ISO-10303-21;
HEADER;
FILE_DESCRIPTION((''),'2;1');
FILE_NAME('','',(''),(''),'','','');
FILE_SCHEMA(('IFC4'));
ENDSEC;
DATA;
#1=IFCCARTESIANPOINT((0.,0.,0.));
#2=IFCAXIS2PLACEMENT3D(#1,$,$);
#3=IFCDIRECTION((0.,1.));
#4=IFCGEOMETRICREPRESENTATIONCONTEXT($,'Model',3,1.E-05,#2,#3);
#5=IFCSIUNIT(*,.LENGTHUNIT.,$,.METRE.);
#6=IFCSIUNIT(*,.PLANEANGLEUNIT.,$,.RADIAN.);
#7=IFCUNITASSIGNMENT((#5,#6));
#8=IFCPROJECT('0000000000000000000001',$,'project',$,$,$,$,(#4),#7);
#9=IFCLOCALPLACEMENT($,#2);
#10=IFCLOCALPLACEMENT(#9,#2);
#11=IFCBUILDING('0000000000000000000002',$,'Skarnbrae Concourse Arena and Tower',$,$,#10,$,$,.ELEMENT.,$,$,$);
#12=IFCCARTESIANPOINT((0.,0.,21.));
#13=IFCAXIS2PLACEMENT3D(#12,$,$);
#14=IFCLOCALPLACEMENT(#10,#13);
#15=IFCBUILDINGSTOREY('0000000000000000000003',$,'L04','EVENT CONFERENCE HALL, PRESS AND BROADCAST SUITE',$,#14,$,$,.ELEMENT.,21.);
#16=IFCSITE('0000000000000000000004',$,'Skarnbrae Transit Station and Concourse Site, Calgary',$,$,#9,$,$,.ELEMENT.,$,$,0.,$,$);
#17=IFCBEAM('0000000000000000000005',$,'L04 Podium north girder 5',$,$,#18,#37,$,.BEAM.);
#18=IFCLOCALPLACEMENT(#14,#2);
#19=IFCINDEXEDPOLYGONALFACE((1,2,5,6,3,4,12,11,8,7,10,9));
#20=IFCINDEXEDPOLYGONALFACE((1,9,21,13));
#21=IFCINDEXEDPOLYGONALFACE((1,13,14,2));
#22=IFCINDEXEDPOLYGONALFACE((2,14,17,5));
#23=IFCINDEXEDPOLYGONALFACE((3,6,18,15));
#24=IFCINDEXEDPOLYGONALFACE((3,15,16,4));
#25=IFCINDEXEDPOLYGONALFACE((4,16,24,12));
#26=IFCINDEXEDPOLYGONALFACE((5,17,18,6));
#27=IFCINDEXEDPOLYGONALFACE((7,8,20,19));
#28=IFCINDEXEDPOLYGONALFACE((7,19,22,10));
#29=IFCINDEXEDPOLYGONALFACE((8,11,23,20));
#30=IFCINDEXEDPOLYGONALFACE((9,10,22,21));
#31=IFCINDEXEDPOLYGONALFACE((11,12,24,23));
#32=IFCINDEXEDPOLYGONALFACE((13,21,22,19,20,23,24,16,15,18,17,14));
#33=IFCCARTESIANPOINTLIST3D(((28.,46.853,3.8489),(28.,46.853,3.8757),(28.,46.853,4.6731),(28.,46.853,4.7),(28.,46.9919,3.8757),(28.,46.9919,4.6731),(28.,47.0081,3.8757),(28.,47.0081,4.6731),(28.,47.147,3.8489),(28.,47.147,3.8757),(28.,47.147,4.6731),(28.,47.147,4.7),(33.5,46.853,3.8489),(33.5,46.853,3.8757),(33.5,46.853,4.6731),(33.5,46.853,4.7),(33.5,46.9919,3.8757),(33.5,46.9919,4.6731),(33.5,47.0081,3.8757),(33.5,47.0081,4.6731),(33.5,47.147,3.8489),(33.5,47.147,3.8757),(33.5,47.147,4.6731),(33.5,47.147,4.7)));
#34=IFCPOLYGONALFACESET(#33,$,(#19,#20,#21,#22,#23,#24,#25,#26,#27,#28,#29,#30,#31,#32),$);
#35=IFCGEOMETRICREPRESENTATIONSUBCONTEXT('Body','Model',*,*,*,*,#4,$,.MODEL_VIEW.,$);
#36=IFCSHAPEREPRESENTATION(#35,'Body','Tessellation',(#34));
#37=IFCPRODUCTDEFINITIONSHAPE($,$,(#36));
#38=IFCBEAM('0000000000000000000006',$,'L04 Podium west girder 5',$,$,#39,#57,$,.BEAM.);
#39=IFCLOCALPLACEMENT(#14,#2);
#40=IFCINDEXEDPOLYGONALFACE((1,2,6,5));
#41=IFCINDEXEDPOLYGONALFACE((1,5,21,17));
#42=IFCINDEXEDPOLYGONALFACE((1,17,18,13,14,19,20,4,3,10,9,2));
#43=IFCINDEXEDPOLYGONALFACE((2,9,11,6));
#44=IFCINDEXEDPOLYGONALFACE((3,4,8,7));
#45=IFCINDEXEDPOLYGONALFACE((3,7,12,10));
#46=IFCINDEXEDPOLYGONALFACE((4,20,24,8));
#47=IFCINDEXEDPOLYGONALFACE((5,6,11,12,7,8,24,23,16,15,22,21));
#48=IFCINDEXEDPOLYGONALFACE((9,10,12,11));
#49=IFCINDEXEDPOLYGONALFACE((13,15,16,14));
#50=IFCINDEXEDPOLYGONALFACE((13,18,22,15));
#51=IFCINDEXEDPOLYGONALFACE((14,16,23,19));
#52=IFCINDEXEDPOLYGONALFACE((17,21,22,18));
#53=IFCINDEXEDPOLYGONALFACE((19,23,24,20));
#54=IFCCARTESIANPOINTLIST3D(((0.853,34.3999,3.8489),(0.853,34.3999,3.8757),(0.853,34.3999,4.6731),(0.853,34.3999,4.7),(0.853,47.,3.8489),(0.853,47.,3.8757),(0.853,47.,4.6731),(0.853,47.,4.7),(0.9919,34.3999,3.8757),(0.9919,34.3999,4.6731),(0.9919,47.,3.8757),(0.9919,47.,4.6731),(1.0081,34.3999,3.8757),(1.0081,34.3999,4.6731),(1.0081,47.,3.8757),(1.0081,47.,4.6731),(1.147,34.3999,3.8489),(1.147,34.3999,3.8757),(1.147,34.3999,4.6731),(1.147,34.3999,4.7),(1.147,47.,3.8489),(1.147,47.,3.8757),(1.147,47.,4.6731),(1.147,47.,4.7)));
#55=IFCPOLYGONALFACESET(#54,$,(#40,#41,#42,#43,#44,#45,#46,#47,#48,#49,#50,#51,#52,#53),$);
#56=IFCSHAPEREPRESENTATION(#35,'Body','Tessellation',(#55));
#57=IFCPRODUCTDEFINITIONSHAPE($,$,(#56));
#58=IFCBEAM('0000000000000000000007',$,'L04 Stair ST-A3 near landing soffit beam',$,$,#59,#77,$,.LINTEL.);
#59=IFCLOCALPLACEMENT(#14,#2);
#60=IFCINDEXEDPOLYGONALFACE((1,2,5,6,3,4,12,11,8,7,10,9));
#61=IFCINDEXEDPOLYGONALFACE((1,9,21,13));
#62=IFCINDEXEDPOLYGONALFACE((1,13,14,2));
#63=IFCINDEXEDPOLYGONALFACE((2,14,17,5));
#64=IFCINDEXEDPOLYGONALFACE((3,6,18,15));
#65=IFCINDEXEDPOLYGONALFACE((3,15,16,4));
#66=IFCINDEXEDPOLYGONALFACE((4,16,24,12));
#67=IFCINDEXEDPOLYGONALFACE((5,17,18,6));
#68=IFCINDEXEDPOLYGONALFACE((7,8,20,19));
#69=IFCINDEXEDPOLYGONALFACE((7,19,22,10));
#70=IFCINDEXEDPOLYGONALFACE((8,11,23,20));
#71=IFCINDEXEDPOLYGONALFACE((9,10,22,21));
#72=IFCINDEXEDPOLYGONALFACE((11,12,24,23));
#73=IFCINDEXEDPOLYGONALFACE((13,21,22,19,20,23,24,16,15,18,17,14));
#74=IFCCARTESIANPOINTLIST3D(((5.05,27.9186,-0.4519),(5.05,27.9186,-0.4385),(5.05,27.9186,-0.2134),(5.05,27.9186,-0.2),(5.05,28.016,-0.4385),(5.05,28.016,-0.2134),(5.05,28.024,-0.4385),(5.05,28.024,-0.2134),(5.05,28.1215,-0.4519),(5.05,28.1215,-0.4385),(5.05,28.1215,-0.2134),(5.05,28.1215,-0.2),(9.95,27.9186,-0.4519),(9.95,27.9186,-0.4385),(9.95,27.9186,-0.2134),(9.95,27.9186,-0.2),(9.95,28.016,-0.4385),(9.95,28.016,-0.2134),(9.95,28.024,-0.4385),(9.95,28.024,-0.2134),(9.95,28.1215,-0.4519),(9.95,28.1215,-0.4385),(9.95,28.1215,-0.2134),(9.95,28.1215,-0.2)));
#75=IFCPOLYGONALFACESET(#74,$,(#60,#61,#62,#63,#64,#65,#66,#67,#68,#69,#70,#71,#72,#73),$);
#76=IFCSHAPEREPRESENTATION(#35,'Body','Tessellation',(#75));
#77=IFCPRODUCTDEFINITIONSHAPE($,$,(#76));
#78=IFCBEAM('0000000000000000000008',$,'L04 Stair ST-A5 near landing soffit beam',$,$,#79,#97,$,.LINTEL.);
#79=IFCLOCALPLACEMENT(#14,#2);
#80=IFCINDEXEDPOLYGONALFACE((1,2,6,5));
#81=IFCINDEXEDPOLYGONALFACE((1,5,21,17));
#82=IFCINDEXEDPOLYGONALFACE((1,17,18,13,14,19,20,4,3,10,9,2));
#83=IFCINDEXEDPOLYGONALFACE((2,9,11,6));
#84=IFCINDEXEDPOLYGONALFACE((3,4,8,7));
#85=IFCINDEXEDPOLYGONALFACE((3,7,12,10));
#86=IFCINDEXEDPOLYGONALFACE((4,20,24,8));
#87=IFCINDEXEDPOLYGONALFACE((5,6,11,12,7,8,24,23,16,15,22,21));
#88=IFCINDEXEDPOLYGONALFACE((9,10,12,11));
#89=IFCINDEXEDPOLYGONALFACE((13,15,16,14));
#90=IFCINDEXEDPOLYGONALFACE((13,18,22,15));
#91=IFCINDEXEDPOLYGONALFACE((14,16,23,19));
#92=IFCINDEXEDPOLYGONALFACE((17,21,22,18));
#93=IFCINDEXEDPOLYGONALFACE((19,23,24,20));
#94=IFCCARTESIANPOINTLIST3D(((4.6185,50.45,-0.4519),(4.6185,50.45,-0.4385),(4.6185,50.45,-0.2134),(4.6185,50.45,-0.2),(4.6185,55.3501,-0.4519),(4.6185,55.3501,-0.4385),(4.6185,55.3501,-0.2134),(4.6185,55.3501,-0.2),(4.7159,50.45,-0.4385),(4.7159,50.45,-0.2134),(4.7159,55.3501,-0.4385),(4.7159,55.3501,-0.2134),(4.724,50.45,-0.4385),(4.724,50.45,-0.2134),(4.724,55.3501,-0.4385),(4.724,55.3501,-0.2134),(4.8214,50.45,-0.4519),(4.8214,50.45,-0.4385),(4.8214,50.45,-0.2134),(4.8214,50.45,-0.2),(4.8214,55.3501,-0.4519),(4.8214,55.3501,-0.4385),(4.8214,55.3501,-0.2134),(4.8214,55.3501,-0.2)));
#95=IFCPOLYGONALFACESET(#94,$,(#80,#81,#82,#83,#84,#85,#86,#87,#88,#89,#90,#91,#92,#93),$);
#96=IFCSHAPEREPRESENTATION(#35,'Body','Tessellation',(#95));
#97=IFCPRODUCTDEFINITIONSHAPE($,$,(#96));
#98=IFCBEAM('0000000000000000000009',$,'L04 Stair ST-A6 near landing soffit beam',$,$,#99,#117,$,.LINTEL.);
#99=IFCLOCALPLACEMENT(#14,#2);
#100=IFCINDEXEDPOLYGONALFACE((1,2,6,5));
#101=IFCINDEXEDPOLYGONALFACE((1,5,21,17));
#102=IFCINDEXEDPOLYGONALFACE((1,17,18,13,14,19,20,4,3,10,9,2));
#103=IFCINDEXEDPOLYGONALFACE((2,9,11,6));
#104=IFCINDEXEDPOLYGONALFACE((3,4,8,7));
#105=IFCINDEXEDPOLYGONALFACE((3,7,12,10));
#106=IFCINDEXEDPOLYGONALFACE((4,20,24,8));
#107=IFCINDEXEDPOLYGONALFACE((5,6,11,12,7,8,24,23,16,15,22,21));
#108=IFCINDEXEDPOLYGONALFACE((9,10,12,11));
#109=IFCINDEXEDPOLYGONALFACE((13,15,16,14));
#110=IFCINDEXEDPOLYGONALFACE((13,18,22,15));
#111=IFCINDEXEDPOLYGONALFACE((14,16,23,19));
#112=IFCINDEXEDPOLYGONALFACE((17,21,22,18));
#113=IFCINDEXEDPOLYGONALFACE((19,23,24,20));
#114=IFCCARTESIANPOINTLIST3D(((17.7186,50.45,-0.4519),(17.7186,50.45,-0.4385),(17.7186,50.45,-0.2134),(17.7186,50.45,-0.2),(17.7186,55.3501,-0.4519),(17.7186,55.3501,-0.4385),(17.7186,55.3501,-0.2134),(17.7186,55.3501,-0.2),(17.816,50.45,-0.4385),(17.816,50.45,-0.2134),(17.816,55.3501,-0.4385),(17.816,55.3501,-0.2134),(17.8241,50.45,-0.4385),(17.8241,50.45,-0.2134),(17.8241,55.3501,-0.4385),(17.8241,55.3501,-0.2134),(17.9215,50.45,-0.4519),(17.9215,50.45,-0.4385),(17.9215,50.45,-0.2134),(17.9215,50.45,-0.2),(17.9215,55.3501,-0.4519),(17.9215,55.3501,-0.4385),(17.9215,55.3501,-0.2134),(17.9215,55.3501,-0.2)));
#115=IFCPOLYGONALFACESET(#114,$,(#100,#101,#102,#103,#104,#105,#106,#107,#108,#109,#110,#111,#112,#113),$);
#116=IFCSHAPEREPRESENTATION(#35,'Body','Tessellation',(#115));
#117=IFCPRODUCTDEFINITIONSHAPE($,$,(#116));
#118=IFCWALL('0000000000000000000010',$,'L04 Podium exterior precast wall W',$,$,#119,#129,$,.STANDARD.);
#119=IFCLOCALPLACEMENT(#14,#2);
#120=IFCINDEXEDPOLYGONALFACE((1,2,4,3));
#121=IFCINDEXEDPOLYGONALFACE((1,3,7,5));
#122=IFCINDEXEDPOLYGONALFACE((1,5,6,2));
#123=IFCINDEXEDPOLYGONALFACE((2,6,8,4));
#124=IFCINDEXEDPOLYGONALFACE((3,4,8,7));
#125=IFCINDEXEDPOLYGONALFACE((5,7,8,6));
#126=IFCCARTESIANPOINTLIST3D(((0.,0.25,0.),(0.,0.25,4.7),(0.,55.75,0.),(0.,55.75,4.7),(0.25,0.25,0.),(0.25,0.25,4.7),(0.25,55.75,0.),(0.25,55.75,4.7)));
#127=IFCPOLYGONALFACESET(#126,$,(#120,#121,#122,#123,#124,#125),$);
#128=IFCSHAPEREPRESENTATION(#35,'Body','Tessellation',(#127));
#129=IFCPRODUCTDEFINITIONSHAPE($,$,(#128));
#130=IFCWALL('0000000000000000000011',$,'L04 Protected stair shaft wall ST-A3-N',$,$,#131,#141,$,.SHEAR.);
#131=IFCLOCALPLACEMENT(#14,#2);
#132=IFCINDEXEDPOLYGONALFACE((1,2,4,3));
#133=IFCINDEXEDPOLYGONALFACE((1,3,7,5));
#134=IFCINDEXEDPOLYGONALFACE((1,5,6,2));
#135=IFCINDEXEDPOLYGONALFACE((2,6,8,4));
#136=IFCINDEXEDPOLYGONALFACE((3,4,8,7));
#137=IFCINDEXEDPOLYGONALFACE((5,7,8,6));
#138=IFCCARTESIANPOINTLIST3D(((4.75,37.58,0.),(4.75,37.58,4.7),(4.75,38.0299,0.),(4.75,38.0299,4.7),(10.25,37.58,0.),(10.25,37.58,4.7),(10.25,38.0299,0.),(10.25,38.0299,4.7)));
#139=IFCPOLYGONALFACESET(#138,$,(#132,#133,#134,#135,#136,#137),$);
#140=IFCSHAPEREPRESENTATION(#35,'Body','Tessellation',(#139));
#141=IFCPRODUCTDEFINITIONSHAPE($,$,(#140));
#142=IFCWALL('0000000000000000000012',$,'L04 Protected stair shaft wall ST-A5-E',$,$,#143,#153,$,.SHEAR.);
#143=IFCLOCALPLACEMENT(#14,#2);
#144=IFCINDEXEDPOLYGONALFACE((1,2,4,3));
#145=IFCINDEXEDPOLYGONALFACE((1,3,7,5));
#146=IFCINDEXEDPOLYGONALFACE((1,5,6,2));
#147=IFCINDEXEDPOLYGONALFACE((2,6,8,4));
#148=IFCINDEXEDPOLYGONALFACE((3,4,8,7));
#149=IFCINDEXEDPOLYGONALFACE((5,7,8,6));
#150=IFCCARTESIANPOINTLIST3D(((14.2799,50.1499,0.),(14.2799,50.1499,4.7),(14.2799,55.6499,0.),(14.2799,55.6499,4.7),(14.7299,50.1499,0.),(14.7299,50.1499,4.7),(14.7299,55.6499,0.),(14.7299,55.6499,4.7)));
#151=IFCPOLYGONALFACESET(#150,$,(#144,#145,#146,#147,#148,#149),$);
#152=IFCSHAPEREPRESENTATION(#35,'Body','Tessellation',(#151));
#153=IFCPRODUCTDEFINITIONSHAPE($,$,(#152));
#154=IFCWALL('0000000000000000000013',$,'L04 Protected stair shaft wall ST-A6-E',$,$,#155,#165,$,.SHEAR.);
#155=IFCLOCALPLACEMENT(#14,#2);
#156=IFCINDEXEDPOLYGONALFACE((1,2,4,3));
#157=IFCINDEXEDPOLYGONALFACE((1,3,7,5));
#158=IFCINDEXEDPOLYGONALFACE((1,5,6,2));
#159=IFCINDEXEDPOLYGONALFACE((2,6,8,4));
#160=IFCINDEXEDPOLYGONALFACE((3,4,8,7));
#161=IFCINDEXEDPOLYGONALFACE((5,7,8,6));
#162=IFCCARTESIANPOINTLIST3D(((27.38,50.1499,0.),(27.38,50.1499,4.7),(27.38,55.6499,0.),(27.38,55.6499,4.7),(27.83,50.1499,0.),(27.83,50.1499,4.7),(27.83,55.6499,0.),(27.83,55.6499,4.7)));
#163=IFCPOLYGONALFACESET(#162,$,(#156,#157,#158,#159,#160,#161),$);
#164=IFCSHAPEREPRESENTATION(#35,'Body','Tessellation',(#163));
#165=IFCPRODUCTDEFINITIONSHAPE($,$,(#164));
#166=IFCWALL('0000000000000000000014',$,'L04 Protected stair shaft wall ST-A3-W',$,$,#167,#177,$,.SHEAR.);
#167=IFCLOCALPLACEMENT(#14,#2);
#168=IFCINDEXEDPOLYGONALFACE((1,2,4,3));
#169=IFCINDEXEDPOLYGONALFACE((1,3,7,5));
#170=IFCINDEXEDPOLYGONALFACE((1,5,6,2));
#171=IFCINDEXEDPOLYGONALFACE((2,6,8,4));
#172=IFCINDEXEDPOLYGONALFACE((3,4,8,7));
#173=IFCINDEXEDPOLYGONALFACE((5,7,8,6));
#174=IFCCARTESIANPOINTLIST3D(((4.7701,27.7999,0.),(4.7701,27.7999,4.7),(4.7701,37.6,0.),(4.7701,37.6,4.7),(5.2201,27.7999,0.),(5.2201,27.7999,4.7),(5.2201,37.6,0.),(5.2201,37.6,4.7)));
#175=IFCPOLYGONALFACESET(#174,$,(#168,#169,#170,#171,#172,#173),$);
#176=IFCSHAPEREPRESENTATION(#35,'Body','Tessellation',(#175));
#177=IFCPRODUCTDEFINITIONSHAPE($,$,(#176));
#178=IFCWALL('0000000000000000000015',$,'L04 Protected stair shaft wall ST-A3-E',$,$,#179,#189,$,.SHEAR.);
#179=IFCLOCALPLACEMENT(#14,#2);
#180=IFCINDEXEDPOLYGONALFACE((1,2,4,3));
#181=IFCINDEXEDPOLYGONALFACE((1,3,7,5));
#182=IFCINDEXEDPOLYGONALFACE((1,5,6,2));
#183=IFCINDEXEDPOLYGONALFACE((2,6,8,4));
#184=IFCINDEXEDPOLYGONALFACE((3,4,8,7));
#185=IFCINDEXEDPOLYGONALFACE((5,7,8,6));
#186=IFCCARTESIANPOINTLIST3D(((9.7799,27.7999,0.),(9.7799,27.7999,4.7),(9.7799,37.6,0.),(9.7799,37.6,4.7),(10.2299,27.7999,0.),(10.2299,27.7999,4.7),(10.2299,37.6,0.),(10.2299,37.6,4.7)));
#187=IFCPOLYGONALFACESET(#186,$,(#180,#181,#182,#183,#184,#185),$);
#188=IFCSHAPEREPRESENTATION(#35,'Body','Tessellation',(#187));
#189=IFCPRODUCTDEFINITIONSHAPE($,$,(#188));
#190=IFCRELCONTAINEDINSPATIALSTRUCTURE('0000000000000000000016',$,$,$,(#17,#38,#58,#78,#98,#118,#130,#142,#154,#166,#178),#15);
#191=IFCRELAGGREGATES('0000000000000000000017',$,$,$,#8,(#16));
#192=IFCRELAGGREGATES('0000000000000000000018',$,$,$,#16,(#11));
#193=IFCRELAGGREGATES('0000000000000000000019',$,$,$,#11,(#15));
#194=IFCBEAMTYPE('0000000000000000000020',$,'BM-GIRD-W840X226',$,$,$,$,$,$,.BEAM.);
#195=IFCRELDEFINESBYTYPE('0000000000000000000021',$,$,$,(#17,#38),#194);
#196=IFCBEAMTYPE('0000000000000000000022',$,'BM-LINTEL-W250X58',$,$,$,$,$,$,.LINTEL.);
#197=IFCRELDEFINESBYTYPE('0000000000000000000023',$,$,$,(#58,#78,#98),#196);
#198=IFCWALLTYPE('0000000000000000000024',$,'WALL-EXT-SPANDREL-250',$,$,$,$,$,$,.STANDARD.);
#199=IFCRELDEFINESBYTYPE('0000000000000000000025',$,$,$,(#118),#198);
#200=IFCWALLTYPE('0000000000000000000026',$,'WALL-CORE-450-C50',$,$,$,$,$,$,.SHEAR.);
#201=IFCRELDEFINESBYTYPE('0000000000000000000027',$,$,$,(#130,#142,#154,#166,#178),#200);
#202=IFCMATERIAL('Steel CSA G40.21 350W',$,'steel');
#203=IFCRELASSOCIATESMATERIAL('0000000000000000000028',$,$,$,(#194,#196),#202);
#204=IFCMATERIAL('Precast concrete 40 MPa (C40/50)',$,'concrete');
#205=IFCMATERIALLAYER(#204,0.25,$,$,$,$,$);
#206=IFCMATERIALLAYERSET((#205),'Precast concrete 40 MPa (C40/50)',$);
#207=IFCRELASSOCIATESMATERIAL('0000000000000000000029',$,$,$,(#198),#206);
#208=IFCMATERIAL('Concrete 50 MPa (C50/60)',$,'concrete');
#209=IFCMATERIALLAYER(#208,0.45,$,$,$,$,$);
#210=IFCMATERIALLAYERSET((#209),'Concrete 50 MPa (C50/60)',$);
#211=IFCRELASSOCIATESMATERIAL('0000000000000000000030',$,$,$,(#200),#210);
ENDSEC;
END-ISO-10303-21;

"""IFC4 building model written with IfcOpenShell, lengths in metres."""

from ifc_helpers import new_model, si_unit, direction, frame, frame_2d, origin, origin_2d, place, context, subcontext, project, spatial, rectangle, i_section, extrude, source, transform, mapped, material, layer, layer_set, material_profile, profile_set, type_object, element, save


model = new_model("IFC4")

# Units and contexts
model_context = context("Model", 3, precision=1e-05, world=origin(), true_north=direction((0.0, 1.0)))
body_context = subcontext(model_context, "Body", "Model", "MODEL_VIEW")
ifc_project = project(units=[si_unit("LENGTHUNIT", "METRE"), si_unit("PLANEANGLEUNIT", "RADIAN")], contexts=[model_context])

# Site, building, storey
site_placement = place(None, origin())
site = spatial("IfcSite", under=ifc_project, at=site_placement, Name="Skarnbrae Transit Station and Concourse Site, Calgary", CompositionType="ELEMENT", RefElevation=0.0)
building_placement = place(site_placement, origin())
building = spatial("IfcBuilding", under=site, at=building_placement, Name="Skarnbrae Concourse Arena and Tower", CompositionType="ELEMENT")
storey_placement = place(building_placement, frame((0.0, 0.0, 21.0)))
storey = spatial("IfcBuildingStorey", under=building, at=storey_placement, Name="L04", Description="EVENT CONFERENCE HALL, PRESS AND BROADCAST SUITE", CompositionType="ELEMENT", Elevation=21.0)

# Shared definitions
ifc_material_1 = material(Name="Steel CSA G40.21 350W", Category="steel")

# Beams
ifc_material_profile_1 = material_profile(ifc_material_1, i_section(OverallWidth=0.2939, OverallDepth=0.8511, WebThickness=0.0161, FlangeThickness=0.0269, at=origin_2d()), Name="W840X226")
ifc_profile_set_1 = profile_set([ifc_material_profile_1], Name="Steel CSA G40.21 350W")
beam_type_1 = type_object("IfcBeamType", Name="BM-GIRD-W840X226", PredefinedType="BEAM", material=ifc_profile_set_1)
shared_shape_1 = source(origin(), body_context, "Body", "SweptSolid", [
    extrude(i_section(OverallWidth=0.2939, OverallDepth=0.8511, WebThickness=0.0161, FlangeThickness=0.0269, at=origin_2d()), origin(), (0.0, 0.0, 1.0), 5.5),
])
beam_1_placement = place(storey_placement, frame((28.0, 47.0, 4.2744), z_axis=(1.0, 0.0, 0.0), x_axis=(0.0, 1.0, 0.0)))
element("IfcBeam", 1, at=beam_1_placement, inside=storey, type_object=beam_type_1, Name="L04 Podium north girder 5", PredefinedType="BEAM", context=body_context, shape_type="MappedRepresentation", body=[
    mapped(shared_shape_1, transform((0.0, 0.0, 0.0))),
])
shared_shape_2 = source(origin(), body_context, "Body", "SweptSolid", [
    extrude(i_section(OverallWidth=0.2939, OverallDepth=0.8511, WebThickness=0.0161, FlangeThickness=0.0269, at=origin_2d()), origin(), (0.0, 0.0, 1.0), 12.6001),
])
beam_2_placement = place(storey_placement, frame((1.0, 34.3999, 4.2744), z_axis=(0.0, 1.0, 0.0), x_axis=(-1.0, 0.0, 0.0)))
element("IfcBeam", 2, at=beam_2_placement, inside=storey, type_object=beam_type_1, Name="L04 Podium west girder 5", PredefinedType="BEAM", context=body_context, shape_type="MappedRepresentation", body=[
    mapped(shared_shape_2, transform((0.0, 0.0, 0.0))),
])
ifc_material_profile_2 = material_profile(ifc_material_1, i_section(OverallWidth=0.2029, OverallDepth=0.252, WebThickness=0.0081, FlangeThickness=0.0134, at=origin_2d()), Name="W250X58")
ifc_profile_set_2 = profile_set([ifc_material_profile_2], Name="Steel CSA G40.21 350W")
beam_type_2 = type_object("IfcBeamType", Name="BM-LINTEL-W250X58", PredefinedType="LINTEL", material=ifc_profile_set_2)
shared_shape_3 = source(origin(), body_context, "Body", "SweptSolid", [
    extrude(i_section(OverallWidth=0.2029, OverallDepth=0.252, WebThickness=0.0081, FlangeThickness=0.0134, at=origin_2d()), origin(), (0.0, 0.0, 1.0), 4.8999),
])
beam_3_placement = place(storey_placement, frame((9.95, 28.02, -0.3259), z_axis=(-1.0, 0.0, 0.0), x_axis=(0.0, -1.0, 0.0)))
element("IfcBeam", 3, at=beam_3_placement, inside=storey, type_object=beam_type_2, Name="L04 Stair ST-A3 near landing soffit beam", PredefinedType="LINTEL", context=body_context, shape_type="MappedRepresentation", body=[
    mapped(shared_shape_3, transform((0.0, 0.0, 0.0))),
])
shared_shape_4 = source(origin(), body_context, "Body", "SweptSolid", [
    extrude(i_section(OverallWidth=0.2029, OverallDepth=0.252, WebThickness=0.0081, FlangeThickness=0.0134, at=origin_2d()), origin(), (0.0, 0.0, 1.0), 4.9001),
])
for number, where, z_axis, x_axis, name in (
    (4, (4.72, 50.45, -0.3259), (0.0, 1.0, 0.0), (-1.0, 0.0, 0.0), "L04 Stair ST-A5 near landing soffit beam"),
    (5, (17.8201, 50.45, -0.3259), (0.0, 1.0, 0.0), (-1.0, 0.0, 0.0), "L04 Stair ST-A6 near landing soffit beam"),
):
    element("IfcBeam", number, at=place(storey_placement, frame(where, z_axis=z_axis, x_axis=x_axis)), inside=storey, type_object=beam_type_2, Name=name, PredefinedType="LINTEL", context=body_context, shape_type="MappedRepresentation", body=[
        mapped(shared_shape_4, transform((0.0, 0.0, 0.0))),
    ])

# Walls
ifc_material_2 = material(Name="Precast concrete 40 MPa (C40/50)", Category="concrete")
ifc_layer_1 = layer(ifc_material_2, 0.25)
ifc_layer_set_1 = layer_set([ifc_layer_1], Name="Precast concrete 40 MPa (C40/50)")
wall_type_1 = type_object("IfcWallType", Name="WALL-EXT-SPANDREL-250", PredefinedType="STANDARD", material=ifc_layer_set_1)
shared_shape_5 = source(origin(), body_context, "Body", "SweptSolid", [
    extrude(rectangle(XDim=55.5, YDim=0.25, at=frame_2d((27.75, 0.0))), origin(), (0.0, 0.0, 1.0), 4.7),
])
wall_1_placement = place(storey_placement, frame((0.125, 55.75, 0.0), z_axis=(0.0, 0.0, 1.0), x_axis=(0.0, -1.0, 0.0)))
element("IfcWall", 6, at=wall_1_placement, inside=storey, type_object=wall_type_1, Name="L04 Podium exterior precast wall W", PredefinedType="STANDARD", context=body_context, shape_type="MappedRepresentation", body=[
    mapped(shared_shape_5, transform((0.0, 0.0, 0.0))),
])
ifc_material_3 = material(Name="Concrete 50 MPa (C50/60)", Category="concrete")
ifc_layer_2 = layer(ifc_material_3, 0.45)
ifc_layer_set_2 = layer_set([ifc_layer_2], Name="Concrete 50 MPa (C50/60)")
wall_type_2 = type_object("IfcWallType", Name="WALL-CORE-450-C50", PredefinedType="SHEAR", material=ifc_layer_set_2)
shared_shape_6 = source(origin(), body_context, "Body", "SweptSolid", [
    extrude(rectangle(XDim=5.5, YDim=0.45, at=frame_2d((2.75, 0.0))), origin(), (0.0, 0.0, 1.0), 4.7),
])
wall_2_placement = place(storey_placement, frame((4.75, 37.8049, 0.0), z_axis=(0.0, 0.0, 1.0), x_axis=(1.0, 0.0, 0.0)))
element("IfcWall", 7, at=wall_2_placement, inside=storey, type_object=wall_type_2, Name="L04 Protected stair shaft wall ST-A3-N", PredefinedType="SHEAR", context=body_context, shape_type="MappedRepresentation", body=[
    mapped(shared_shape_6, transform((0.0, 0.0, 0.0))),
])

# Wall
wall_3_placement = place(storey_placement, frame((14.5049, 50.1499, 0.0), z_axis=(0.0, 0.0, 1.0), x_axis=(0.0, 1.0, 0.0)))
element("IfcWall", 8, at=wall_3_placement, inside=storey, type_object=wall_type_2, Name="L04 Protected stair shaft wall ST-A5-E", PredefinedType="SHEAR", context=body_context, shape_type="MappedRepresentation", body=[
    mapped(shared_shape_6, transform((0.0, 0.0, 0.0))),
])

# Wall
wall_4_placement = place(storey_placement, frame((27.605, 50.1499, 0.0), z_axis=(0.0, 0.0, 1.0), x_axis=(0.0, 1.0, 0.0)))
element("IfcWall", 9, at=wall_4_placement, inside=storey, type_object=wall_type_2, Name="L04 Protected stair shaft wall ST-A6-E", PredefinedType="SHEAR", context=body_context, shape_type="MappedRepresentation", body=[
    mapped(shared_shape_6, transform((0.0, 0.0, 0.0))),
])

# Walls
shared_shape_7 = source(origin(), body_context, "Body", "SweptSolid", [
    extrude(rectangle(XDim=9.8, YDim=0.45, at=frame_2d((4.8999, 0.0))), origin(), (0.0, 0.0, 1.0), 4.7),
])
for number, where, z_axis, x_axis, name in (
    (10, (4.9951, 27.8, 0.0), (0.0, 0.0, 1.0), (0.0, 1.0, 0.0), "L04 Protected stair shaft wall ST-A3-W"),
    (11, (10.0049, 27.8, 0.0), (0.0, 0.0, 1.0), (0.0, 1.0, 0.0), "L04 Protected stair shaft wall ST-A3-E"),
):
    element("IfcWall", number, at=place(storey_placement, frame(where, z_axis=z_axis, x_axis=x_axis)), inside=storey, type_object=wall_type_2, Name=name, PredefinedType="SHEAR", context=body_context, shape_type="MappedRepresentation", body=[
        mapped(shared_shape_7, transform((0.0, 0.0, 0.0))),
    ])

save(model, "model.ifc")
